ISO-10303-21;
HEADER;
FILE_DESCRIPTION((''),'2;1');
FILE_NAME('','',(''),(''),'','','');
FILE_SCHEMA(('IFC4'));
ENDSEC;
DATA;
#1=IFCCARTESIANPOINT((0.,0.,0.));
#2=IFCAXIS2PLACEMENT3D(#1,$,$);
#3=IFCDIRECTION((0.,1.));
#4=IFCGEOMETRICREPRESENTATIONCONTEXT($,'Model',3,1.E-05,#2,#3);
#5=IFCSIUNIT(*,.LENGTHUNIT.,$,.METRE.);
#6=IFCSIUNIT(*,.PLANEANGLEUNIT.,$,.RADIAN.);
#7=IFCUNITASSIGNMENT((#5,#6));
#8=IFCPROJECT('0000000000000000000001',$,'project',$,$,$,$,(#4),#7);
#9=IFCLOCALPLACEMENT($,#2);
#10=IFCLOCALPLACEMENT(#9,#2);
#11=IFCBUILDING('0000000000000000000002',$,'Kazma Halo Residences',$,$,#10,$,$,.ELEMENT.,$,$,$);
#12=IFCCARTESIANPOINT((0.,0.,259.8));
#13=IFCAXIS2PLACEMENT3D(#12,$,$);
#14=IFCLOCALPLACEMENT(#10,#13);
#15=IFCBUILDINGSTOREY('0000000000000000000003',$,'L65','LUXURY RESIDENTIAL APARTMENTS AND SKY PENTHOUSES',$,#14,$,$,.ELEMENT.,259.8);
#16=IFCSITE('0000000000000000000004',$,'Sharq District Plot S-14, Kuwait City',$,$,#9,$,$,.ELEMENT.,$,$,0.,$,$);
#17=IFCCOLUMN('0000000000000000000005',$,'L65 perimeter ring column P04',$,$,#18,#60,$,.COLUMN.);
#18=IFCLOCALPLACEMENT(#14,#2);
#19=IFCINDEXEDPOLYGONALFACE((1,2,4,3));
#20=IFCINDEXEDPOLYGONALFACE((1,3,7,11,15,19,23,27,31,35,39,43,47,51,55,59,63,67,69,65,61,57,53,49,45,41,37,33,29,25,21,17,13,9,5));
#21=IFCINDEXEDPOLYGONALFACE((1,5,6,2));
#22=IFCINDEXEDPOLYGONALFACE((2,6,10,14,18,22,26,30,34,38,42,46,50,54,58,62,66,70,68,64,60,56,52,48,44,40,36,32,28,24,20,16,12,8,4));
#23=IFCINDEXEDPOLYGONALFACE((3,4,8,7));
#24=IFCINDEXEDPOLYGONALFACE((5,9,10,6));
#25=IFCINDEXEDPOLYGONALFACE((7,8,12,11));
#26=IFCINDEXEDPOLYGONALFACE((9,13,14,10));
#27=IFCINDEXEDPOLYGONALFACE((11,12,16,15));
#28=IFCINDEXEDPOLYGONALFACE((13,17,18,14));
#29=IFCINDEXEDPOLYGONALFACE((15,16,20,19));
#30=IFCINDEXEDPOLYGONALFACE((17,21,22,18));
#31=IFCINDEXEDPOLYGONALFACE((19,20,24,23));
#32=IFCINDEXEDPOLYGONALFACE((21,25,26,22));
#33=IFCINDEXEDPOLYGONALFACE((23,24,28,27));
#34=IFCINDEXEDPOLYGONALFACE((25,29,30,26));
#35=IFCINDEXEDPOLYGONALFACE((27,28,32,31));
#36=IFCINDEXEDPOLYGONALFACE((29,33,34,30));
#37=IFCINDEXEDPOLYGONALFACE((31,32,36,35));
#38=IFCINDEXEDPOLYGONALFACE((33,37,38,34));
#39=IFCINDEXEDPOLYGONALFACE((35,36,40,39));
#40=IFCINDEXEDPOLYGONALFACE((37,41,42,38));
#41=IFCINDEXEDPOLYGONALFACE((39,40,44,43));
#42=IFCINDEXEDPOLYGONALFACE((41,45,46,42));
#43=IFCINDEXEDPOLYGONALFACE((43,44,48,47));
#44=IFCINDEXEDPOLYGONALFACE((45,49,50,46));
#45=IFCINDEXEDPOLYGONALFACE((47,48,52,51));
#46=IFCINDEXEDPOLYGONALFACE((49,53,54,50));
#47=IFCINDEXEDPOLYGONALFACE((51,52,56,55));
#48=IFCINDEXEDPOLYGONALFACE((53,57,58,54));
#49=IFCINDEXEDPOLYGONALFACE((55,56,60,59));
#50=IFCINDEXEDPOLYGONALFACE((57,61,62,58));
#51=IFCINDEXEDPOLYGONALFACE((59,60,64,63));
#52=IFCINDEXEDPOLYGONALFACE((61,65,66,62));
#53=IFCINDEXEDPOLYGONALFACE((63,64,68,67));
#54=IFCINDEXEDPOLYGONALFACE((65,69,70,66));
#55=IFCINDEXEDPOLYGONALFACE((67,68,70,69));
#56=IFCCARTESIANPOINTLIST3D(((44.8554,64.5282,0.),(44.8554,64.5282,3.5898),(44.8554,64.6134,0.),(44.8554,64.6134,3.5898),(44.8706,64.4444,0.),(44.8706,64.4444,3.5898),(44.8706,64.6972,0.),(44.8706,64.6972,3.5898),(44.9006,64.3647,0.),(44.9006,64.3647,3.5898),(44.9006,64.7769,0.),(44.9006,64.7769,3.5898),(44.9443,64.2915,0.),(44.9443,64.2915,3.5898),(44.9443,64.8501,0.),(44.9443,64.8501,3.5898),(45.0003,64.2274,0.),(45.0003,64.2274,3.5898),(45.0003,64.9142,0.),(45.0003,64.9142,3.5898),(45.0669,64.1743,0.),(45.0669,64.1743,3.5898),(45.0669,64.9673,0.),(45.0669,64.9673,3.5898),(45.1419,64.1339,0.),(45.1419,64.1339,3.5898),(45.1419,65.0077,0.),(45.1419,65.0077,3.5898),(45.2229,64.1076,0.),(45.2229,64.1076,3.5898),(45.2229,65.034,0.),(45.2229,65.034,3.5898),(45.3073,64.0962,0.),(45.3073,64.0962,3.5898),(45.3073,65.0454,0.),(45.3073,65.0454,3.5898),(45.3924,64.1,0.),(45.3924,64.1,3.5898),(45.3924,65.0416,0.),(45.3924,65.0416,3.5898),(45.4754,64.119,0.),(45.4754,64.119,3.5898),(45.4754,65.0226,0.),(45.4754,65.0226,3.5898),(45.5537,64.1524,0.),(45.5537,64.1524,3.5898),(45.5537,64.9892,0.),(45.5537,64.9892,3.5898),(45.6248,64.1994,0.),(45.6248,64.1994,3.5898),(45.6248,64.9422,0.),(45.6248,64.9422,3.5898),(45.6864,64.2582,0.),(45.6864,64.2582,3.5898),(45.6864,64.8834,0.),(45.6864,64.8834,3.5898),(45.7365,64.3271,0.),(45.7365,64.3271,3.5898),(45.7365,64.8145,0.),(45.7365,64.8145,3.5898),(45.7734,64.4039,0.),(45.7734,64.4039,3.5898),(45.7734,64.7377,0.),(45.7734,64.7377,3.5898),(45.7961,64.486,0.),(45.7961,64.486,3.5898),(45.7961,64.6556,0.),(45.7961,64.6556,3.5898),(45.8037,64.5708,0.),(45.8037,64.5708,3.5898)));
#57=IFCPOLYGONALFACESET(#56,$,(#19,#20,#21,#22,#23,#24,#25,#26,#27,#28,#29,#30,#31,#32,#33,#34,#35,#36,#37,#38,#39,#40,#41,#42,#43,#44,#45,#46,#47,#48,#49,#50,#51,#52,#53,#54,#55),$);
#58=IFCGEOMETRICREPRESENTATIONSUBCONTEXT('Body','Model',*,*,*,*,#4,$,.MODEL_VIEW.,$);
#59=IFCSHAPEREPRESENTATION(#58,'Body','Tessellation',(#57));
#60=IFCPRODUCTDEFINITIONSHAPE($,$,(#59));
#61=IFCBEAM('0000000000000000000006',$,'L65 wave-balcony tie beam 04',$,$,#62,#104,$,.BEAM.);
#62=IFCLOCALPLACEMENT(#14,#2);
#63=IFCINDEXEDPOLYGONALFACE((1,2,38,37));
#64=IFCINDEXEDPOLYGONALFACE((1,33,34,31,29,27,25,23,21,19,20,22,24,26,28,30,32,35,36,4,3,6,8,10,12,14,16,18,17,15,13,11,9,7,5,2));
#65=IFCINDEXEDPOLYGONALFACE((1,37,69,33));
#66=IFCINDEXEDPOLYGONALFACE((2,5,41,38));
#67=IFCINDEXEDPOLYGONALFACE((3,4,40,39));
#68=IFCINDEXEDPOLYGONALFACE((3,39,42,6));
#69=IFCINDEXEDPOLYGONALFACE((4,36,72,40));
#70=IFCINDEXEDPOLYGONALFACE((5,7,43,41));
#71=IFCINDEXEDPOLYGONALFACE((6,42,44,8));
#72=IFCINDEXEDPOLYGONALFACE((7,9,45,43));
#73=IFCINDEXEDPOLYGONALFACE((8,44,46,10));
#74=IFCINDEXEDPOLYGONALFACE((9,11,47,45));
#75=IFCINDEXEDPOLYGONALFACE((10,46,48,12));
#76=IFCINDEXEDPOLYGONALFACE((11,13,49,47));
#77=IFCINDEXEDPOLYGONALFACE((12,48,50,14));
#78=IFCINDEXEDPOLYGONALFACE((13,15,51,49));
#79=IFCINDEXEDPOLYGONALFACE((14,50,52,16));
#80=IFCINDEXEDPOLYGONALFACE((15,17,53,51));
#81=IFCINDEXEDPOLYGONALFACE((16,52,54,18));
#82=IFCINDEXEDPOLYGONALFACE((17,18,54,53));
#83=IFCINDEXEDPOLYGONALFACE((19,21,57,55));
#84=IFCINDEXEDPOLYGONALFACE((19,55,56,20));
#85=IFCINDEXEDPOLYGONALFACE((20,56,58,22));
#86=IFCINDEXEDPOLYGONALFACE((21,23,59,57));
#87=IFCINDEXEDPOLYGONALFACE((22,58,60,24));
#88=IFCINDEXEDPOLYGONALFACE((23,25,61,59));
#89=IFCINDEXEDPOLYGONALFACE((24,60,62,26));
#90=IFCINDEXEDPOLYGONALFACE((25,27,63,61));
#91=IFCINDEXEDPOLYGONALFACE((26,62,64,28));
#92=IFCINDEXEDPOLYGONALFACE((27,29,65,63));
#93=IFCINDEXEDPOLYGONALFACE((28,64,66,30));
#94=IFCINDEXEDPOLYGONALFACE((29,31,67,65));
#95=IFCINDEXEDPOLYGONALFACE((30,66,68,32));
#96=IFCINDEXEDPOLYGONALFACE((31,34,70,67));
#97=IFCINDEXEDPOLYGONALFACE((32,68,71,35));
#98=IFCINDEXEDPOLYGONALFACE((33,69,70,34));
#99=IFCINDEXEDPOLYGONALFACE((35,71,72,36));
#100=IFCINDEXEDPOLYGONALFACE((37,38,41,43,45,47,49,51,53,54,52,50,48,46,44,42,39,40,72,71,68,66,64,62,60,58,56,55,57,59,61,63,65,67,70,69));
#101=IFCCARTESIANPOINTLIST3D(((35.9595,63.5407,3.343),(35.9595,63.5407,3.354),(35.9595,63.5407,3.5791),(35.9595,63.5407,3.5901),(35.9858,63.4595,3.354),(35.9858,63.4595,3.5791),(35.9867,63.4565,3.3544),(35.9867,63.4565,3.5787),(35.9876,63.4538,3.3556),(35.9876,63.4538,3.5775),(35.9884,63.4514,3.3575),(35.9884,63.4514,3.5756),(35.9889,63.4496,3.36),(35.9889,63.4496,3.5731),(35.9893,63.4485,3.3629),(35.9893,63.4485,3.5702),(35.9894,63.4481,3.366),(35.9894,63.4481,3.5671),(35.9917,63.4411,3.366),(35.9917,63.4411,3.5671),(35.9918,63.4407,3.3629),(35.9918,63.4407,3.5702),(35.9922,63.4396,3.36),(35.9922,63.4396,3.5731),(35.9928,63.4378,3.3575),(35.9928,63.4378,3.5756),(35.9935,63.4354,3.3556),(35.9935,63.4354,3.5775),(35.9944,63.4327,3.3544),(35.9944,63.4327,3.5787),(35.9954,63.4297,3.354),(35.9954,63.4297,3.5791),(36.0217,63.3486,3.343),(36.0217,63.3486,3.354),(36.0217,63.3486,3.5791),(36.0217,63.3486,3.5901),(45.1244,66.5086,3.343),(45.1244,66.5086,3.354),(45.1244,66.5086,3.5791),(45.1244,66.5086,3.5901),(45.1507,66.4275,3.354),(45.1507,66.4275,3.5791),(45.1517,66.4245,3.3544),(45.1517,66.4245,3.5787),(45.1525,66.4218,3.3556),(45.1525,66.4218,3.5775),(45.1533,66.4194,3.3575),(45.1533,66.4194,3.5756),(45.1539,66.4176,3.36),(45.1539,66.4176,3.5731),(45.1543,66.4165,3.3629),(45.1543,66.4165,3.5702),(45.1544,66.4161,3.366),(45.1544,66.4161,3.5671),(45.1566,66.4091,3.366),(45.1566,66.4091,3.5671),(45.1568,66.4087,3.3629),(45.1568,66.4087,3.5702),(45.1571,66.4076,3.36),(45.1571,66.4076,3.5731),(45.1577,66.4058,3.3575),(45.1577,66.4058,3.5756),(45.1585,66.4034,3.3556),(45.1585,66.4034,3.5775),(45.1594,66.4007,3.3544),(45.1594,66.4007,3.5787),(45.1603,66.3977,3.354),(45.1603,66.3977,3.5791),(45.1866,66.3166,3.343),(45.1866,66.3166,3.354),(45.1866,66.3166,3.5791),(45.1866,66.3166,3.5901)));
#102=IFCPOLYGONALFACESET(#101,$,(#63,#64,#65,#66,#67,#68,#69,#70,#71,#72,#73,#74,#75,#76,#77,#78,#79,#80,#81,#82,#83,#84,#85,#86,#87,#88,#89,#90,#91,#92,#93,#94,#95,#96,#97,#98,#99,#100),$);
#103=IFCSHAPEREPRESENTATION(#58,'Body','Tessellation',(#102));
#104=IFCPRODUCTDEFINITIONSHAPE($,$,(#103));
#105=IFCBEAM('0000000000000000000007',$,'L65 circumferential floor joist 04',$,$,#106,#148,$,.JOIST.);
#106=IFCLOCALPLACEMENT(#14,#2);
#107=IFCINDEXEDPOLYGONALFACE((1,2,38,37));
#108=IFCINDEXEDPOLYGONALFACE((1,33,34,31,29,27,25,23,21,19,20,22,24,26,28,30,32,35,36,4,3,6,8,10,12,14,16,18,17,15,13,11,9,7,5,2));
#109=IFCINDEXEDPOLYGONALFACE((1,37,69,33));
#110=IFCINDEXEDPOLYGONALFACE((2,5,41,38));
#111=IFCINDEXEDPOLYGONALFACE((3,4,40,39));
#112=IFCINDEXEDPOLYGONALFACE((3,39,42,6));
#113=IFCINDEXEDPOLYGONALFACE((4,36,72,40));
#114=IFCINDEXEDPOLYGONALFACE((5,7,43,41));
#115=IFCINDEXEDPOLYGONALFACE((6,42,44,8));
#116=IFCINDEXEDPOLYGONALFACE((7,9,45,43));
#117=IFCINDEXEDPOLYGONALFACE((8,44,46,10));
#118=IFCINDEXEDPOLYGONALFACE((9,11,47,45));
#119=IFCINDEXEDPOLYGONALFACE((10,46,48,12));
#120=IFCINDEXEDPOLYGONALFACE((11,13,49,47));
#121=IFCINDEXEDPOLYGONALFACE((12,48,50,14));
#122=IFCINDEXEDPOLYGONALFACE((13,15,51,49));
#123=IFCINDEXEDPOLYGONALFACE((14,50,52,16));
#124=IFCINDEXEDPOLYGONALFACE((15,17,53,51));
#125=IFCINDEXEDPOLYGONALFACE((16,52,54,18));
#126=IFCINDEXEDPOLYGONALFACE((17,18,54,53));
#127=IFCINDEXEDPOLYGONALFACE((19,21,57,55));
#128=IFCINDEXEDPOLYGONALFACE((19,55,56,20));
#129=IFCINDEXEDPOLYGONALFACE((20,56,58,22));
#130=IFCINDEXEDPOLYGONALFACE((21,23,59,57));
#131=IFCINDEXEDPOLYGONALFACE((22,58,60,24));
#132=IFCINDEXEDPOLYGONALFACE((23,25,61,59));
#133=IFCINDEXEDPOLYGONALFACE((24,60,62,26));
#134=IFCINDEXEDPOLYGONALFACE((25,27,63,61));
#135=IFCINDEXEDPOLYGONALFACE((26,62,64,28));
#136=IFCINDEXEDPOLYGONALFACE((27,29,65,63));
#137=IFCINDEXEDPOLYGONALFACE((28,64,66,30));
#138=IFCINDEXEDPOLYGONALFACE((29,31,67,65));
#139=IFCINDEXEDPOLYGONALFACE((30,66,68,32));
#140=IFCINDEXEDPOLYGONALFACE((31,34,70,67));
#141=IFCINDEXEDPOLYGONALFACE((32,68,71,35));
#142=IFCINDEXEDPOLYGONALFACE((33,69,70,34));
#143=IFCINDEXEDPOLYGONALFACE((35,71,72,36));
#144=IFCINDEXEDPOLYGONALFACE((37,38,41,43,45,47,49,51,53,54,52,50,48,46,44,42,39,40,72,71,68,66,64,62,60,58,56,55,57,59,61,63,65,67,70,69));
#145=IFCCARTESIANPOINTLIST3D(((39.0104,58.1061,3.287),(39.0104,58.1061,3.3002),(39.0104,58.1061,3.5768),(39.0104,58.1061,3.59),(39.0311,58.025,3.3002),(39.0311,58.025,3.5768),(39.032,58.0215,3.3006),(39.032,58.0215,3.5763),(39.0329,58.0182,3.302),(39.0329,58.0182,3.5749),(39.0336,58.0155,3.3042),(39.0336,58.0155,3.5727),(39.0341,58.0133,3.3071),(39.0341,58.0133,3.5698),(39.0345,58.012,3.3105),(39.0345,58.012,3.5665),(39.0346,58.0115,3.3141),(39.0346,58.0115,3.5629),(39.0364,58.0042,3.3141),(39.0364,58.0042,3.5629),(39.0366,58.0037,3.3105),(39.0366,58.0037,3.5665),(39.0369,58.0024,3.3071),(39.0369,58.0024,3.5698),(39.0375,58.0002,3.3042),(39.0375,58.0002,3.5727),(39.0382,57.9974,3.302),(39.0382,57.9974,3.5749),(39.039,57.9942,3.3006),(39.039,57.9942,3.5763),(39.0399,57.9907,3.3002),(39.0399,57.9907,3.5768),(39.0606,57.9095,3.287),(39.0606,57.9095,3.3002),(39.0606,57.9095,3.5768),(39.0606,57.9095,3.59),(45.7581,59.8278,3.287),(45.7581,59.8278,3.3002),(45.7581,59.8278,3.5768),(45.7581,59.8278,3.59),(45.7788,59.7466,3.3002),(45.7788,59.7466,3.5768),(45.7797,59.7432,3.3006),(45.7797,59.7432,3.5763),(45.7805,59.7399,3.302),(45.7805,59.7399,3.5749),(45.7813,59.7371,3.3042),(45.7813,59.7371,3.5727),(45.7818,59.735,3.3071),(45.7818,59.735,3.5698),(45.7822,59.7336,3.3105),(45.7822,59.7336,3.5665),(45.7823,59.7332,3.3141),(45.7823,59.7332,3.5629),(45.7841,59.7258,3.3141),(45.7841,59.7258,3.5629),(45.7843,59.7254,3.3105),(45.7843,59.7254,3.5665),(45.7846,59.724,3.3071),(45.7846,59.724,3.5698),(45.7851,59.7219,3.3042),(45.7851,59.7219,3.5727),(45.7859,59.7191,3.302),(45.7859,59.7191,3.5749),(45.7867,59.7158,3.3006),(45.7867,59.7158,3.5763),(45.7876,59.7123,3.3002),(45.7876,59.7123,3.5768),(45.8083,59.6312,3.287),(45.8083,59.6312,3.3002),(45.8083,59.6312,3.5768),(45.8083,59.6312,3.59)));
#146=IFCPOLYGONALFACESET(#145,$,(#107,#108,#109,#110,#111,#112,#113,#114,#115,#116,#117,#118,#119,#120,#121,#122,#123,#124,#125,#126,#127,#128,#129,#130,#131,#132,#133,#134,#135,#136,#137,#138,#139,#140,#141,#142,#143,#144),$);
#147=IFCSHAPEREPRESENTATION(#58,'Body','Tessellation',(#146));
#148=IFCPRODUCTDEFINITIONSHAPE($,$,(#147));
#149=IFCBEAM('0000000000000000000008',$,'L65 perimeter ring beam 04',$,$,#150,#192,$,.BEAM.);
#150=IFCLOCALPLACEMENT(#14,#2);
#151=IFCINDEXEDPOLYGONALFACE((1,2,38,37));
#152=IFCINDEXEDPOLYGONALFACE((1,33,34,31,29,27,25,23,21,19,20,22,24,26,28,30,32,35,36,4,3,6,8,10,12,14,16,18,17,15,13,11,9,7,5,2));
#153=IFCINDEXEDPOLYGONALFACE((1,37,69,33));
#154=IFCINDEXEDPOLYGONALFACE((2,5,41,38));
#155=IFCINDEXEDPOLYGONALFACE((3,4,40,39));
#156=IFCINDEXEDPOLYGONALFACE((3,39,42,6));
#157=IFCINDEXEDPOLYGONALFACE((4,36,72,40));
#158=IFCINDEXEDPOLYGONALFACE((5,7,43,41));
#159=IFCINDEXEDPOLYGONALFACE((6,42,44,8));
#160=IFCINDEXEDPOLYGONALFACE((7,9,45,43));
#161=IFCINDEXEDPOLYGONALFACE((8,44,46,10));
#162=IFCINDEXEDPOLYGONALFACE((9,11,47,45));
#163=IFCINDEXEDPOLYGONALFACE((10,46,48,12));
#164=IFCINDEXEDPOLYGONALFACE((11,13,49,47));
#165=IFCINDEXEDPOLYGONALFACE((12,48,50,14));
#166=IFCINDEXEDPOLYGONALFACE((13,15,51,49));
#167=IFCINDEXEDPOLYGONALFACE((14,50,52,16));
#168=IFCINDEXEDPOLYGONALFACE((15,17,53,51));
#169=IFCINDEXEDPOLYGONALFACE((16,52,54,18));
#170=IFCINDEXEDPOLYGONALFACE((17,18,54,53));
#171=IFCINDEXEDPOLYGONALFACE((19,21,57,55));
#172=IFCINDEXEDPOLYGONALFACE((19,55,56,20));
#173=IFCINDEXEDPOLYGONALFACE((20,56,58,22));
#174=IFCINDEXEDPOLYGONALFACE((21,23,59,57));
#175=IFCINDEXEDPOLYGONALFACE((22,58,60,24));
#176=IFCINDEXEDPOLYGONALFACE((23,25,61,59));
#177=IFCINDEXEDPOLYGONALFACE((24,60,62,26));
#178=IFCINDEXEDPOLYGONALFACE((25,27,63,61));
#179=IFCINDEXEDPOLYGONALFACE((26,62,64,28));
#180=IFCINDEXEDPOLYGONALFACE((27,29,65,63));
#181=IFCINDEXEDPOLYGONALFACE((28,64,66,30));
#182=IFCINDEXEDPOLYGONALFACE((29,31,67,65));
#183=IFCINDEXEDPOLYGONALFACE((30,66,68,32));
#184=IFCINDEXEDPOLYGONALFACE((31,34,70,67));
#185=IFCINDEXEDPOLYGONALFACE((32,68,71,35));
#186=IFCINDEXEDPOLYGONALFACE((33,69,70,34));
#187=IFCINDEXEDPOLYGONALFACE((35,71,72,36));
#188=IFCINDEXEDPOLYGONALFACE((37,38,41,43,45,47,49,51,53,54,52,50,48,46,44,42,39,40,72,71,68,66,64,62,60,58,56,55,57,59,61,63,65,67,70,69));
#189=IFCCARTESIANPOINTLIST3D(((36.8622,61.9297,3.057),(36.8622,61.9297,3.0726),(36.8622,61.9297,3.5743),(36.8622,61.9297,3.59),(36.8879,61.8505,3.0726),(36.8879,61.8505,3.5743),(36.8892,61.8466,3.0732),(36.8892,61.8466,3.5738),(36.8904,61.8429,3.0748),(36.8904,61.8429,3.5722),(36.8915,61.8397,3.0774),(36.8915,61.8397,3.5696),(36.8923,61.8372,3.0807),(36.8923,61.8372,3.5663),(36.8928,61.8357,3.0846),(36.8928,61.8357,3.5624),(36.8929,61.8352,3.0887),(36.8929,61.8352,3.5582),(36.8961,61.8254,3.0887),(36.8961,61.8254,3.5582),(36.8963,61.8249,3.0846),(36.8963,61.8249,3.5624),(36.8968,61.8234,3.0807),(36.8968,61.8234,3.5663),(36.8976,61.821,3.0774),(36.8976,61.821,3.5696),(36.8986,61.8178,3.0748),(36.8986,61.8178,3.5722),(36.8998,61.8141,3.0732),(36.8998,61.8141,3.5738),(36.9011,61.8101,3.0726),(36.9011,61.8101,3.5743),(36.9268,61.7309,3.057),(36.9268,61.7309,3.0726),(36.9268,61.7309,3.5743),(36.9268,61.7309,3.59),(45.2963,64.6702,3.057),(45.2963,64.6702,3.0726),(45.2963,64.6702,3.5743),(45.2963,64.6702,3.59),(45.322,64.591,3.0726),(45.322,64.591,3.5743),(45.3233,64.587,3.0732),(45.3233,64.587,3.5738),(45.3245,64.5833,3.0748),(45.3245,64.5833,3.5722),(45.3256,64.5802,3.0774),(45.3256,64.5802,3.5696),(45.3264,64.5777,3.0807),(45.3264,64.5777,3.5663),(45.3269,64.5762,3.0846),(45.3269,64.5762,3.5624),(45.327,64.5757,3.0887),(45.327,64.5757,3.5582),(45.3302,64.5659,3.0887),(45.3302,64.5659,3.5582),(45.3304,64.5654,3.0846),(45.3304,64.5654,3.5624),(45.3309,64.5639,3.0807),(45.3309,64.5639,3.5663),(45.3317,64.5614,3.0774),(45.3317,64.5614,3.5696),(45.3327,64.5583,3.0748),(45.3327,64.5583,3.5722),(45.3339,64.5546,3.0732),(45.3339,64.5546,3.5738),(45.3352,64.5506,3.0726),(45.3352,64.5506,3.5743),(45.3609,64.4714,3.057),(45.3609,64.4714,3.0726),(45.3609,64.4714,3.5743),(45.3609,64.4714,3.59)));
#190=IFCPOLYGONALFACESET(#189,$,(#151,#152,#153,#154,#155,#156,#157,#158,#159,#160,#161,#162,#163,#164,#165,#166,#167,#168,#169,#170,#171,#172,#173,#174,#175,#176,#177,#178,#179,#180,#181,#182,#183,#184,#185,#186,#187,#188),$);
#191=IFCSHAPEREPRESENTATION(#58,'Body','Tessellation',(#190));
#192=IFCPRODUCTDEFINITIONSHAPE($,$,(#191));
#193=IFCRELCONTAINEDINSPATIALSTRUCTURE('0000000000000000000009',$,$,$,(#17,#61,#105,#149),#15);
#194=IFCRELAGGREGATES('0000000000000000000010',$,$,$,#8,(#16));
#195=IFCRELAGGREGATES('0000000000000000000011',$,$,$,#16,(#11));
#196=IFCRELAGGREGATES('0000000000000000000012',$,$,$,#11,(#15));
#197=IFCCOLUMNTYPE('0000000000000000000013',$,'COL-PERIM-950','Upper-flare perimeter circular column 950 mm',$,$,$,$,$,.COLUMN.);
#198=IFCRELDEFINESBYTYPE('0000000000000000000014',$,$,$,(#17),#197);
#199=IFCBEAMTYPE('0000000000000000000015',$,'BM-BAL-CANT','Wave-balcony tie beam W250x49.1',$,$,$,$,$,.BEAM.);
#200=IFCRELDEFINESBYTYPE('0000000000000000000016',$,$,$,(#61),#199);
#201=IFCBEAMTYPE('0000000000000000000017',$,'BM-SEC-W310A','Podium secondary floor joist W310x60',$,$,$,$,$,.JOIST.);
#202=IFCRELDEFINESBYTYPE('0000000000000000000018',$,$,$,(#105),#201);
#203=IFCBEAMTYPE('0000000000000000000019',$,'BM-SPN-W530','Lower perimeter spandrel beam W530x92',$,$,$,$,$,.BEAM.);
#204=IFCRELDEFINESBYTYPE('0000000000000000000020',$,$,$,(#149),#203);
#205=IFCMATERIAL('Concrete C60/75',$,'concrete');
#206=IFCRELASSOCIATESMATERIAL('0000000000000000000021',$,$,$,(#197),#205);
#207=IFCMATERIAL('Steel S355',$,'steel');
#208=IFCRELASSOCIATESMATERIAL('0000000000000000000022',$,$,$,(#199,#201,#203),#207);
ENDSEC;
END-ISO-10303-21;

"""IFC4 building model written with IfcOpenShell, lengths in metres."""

from ifc_helpers import new_model, si_unit, direction, frame, origin, origin_2d, place, context, subcontext, project, spatial, circle, i_section, extrude, material, material_profile, profile_set, type_object, element, save


model = new_model("IFC4")

# Units and contexts
model_context = context("Model", 3, precision=1e-05, world=origin(), true_north=direction((0.0, 1.0)))
body_context = subcontext(model_context, "Body", "Model", "MODEL_VIEW")
ifc_project = project(units=[si_unit("LENGTHUNIT", "METRE"), si_unit("PLANEANGLEUNIT", "RADIAN")], contexts=[model_context])

# Site, building, storey
site_placement = place(None, origin())
site = spatial("IfcSite", under=ifc_project, at=site_placement, Name="Sharq District Plot S-14, Kuwait City", CompositionType="ELEMENT", RefElevation=0.0)
building_placement = place(site_placement, origin())
building = spatial("IfcBuilding", under=site, at=building_placement, Name="Kazma Halo Residences", CompositionType="ELEMENT")
storey_placement = place(building_placement, frame((0.0, 0.0, 259.8)))
storey = spatial("IfcBuildingStorey", under=building, at=storey_placement, Name="L65", Description="LUXURY RESIDENTIAL APARTMENTS AND SKY PENTHOUSES", CompositionType="ELEMENT", Elevation=259.8)

# Column
ifc_material_1 = material(Name="Concrete C60/75", Category="concrete")
ifc_material_profile_1 = material_profile(ifc_material_1, circle(Radius=0.4751, at=origin_2d()), Name="CIRC950")
ifc_profile_set_1 = profile_set([ifc_material_profile_1], Name="Concrete C60/75")
column_type = type_object("IfcColumnType", Name="COL-PERIM-950", Description="Upper-flare perimeter circular column 950 mm", PredefinedType="COLUMN", material=ifc_profile_set_1)
column_placement = place(storey_placement, frame((45.3286, 64.5708, 0.0), z_axis=(0.0, 0.0, 1.0), x_axis=(1.0, 0.0, 0.0)))
element("IfcColumn", 1, at=column_placement, inside=storey, type_object=column_type, Name="L65 perimeter ring column P04", PredefinedType="COLUMN", context=body_context, shape_type="SweptSolid", body=[
    extrude(circle(Radius=0.4751, at=origin_2d()), origin(), (0.0, 0.0, 1.0), 3.5898),
])

# Beams
ifc_material_2 = material(Name="Steel S355", Category="steel")
ifc_material_profile_2 = material_profile(ifc_material_2, i_section(OverallWidth=0.2019, OverallDepth=0.2471, WebThickness=0.0073, FlangeThickness=0.011, FilletRadius=0.012, at=origin_2d()), Name="W250x49.1")
ifc_profile_set_2 = profile_set([ifc_material_profile_2], Name="Steel S355")
beam_type_1 = type_object("IfcBeamType", Name="BM-BAL-CANT", Description="Wave-balcony tie beam W250x49.1", PredefinedType="BEAM", material=ifc_profile_set_2)
beam_1_placement = place(storey_placement, frame((45.1555, 66.4126, 3.4666), z_axis=(-0.951358, -0.308089, 0.0), x_axis=(0.308089, -0.951358, 0.0)))
element("IfcBeam", 2, at=beam_1_placement, inside=storey, type_object=beam_type_1, Name="L65 wave-balcony tie beam 04", PredefinedType="BEAM", context=body_context, shape_type="SweptSolid", body=[
    extrude(i_section(OverallWidth=0.2019, OverallDepth=0.2471, WebThickness=0.0073, FlangeThickness=0.011, FilletRadius=0.012, at=origin_2d()), origin(), (0.0, 0.0, 1.0), 9.6335),
])
ifc_material_profile_3 = material_profile(ifc_material_2, i_section(OverallWidth=0.2029, OverallDepth=0.303, WebThickness=0.0076, FlangeThickness=0.0132, FilletRadius=0.0139, at=origin_2d()), Name="W310x60")
ifc_profile_set_3 = profile_set([ifc_material_profile_3], Name="Steel S355")
beam_type_2 = type_object("IfcBeamType", Name="BM-SEC-W310A", Description="Podium secondary floor joist W310x60", PredefinedType="JOIST", material=ifc_profile_set_3)
beam_2_placement = place(storey_placement, frame((45.7832, 59.7295, 3.4385), z_axis=(-0.968958, -0.247226, 0.0), x_axis=(0.247226, -0.968958, 0.0)))
element("IfcBeam", 3, at=beam_2_placement, inside=storey, type_object=beam_type_2, Name="L65 circumferential floor joist 04", PredefinedType="JOIST", context=body_context, shape_type="SweptSolid", body=[
    extrude(i_section(OverallWidth=0.2029, OverallDepth=0.303, WebThickness=0.0076, FlangeThickness=0.0132, FilletRadius=0.0139, at=origin_2d()), origin(), (0.0, 0.0, 1.0), 6.9639),
])
ifc_material_profile_4 = material_profile(ifc_material_2, i_section(OverallWidth=0.209, OverallDepth=0.533, WebThickness=0.0103, FlangeThickness=0.0156, FilletRadius=0.0161, at=origin_2d()), Name="W530x92")
ifc_profile_set_4 = profile_set([ifc_material_profile_4], Name="Steel S355")
beam_type_3 = type_object("IfcBeamType", Name="BM-SPN-W530", Description="Lower perimeter spandrel beam W530x92", PredefinedType="BEAM", material=ifc_profile_set_4)
beam_3_placement = place(storey_placement, frame((45.3286, 64.5708, 3.3235), z_axis=(-0.951054, -0.309025, 0.0), x_axis=(0.309025, -0.951054, 0.0)))
element("IfcBeam", 4, at=beam_3_placement, inside=storey, type_object=beam_type_3, Name="L65 perimeter ring beam 04", PredefinedType="BEAM", context=body_context, shape_type="SweptSolid", body=[
    extrude(i_section(OverallWidth=0.209, OverallDepth=0.533, WebThickness=0.0103, FlangeThickness=0.0156, FilletRadius=0.0161, at=origin_2d()), origin(), (0.0, 0.0, 1.0), 8.8682),
])

save(model, "model.ifc")
